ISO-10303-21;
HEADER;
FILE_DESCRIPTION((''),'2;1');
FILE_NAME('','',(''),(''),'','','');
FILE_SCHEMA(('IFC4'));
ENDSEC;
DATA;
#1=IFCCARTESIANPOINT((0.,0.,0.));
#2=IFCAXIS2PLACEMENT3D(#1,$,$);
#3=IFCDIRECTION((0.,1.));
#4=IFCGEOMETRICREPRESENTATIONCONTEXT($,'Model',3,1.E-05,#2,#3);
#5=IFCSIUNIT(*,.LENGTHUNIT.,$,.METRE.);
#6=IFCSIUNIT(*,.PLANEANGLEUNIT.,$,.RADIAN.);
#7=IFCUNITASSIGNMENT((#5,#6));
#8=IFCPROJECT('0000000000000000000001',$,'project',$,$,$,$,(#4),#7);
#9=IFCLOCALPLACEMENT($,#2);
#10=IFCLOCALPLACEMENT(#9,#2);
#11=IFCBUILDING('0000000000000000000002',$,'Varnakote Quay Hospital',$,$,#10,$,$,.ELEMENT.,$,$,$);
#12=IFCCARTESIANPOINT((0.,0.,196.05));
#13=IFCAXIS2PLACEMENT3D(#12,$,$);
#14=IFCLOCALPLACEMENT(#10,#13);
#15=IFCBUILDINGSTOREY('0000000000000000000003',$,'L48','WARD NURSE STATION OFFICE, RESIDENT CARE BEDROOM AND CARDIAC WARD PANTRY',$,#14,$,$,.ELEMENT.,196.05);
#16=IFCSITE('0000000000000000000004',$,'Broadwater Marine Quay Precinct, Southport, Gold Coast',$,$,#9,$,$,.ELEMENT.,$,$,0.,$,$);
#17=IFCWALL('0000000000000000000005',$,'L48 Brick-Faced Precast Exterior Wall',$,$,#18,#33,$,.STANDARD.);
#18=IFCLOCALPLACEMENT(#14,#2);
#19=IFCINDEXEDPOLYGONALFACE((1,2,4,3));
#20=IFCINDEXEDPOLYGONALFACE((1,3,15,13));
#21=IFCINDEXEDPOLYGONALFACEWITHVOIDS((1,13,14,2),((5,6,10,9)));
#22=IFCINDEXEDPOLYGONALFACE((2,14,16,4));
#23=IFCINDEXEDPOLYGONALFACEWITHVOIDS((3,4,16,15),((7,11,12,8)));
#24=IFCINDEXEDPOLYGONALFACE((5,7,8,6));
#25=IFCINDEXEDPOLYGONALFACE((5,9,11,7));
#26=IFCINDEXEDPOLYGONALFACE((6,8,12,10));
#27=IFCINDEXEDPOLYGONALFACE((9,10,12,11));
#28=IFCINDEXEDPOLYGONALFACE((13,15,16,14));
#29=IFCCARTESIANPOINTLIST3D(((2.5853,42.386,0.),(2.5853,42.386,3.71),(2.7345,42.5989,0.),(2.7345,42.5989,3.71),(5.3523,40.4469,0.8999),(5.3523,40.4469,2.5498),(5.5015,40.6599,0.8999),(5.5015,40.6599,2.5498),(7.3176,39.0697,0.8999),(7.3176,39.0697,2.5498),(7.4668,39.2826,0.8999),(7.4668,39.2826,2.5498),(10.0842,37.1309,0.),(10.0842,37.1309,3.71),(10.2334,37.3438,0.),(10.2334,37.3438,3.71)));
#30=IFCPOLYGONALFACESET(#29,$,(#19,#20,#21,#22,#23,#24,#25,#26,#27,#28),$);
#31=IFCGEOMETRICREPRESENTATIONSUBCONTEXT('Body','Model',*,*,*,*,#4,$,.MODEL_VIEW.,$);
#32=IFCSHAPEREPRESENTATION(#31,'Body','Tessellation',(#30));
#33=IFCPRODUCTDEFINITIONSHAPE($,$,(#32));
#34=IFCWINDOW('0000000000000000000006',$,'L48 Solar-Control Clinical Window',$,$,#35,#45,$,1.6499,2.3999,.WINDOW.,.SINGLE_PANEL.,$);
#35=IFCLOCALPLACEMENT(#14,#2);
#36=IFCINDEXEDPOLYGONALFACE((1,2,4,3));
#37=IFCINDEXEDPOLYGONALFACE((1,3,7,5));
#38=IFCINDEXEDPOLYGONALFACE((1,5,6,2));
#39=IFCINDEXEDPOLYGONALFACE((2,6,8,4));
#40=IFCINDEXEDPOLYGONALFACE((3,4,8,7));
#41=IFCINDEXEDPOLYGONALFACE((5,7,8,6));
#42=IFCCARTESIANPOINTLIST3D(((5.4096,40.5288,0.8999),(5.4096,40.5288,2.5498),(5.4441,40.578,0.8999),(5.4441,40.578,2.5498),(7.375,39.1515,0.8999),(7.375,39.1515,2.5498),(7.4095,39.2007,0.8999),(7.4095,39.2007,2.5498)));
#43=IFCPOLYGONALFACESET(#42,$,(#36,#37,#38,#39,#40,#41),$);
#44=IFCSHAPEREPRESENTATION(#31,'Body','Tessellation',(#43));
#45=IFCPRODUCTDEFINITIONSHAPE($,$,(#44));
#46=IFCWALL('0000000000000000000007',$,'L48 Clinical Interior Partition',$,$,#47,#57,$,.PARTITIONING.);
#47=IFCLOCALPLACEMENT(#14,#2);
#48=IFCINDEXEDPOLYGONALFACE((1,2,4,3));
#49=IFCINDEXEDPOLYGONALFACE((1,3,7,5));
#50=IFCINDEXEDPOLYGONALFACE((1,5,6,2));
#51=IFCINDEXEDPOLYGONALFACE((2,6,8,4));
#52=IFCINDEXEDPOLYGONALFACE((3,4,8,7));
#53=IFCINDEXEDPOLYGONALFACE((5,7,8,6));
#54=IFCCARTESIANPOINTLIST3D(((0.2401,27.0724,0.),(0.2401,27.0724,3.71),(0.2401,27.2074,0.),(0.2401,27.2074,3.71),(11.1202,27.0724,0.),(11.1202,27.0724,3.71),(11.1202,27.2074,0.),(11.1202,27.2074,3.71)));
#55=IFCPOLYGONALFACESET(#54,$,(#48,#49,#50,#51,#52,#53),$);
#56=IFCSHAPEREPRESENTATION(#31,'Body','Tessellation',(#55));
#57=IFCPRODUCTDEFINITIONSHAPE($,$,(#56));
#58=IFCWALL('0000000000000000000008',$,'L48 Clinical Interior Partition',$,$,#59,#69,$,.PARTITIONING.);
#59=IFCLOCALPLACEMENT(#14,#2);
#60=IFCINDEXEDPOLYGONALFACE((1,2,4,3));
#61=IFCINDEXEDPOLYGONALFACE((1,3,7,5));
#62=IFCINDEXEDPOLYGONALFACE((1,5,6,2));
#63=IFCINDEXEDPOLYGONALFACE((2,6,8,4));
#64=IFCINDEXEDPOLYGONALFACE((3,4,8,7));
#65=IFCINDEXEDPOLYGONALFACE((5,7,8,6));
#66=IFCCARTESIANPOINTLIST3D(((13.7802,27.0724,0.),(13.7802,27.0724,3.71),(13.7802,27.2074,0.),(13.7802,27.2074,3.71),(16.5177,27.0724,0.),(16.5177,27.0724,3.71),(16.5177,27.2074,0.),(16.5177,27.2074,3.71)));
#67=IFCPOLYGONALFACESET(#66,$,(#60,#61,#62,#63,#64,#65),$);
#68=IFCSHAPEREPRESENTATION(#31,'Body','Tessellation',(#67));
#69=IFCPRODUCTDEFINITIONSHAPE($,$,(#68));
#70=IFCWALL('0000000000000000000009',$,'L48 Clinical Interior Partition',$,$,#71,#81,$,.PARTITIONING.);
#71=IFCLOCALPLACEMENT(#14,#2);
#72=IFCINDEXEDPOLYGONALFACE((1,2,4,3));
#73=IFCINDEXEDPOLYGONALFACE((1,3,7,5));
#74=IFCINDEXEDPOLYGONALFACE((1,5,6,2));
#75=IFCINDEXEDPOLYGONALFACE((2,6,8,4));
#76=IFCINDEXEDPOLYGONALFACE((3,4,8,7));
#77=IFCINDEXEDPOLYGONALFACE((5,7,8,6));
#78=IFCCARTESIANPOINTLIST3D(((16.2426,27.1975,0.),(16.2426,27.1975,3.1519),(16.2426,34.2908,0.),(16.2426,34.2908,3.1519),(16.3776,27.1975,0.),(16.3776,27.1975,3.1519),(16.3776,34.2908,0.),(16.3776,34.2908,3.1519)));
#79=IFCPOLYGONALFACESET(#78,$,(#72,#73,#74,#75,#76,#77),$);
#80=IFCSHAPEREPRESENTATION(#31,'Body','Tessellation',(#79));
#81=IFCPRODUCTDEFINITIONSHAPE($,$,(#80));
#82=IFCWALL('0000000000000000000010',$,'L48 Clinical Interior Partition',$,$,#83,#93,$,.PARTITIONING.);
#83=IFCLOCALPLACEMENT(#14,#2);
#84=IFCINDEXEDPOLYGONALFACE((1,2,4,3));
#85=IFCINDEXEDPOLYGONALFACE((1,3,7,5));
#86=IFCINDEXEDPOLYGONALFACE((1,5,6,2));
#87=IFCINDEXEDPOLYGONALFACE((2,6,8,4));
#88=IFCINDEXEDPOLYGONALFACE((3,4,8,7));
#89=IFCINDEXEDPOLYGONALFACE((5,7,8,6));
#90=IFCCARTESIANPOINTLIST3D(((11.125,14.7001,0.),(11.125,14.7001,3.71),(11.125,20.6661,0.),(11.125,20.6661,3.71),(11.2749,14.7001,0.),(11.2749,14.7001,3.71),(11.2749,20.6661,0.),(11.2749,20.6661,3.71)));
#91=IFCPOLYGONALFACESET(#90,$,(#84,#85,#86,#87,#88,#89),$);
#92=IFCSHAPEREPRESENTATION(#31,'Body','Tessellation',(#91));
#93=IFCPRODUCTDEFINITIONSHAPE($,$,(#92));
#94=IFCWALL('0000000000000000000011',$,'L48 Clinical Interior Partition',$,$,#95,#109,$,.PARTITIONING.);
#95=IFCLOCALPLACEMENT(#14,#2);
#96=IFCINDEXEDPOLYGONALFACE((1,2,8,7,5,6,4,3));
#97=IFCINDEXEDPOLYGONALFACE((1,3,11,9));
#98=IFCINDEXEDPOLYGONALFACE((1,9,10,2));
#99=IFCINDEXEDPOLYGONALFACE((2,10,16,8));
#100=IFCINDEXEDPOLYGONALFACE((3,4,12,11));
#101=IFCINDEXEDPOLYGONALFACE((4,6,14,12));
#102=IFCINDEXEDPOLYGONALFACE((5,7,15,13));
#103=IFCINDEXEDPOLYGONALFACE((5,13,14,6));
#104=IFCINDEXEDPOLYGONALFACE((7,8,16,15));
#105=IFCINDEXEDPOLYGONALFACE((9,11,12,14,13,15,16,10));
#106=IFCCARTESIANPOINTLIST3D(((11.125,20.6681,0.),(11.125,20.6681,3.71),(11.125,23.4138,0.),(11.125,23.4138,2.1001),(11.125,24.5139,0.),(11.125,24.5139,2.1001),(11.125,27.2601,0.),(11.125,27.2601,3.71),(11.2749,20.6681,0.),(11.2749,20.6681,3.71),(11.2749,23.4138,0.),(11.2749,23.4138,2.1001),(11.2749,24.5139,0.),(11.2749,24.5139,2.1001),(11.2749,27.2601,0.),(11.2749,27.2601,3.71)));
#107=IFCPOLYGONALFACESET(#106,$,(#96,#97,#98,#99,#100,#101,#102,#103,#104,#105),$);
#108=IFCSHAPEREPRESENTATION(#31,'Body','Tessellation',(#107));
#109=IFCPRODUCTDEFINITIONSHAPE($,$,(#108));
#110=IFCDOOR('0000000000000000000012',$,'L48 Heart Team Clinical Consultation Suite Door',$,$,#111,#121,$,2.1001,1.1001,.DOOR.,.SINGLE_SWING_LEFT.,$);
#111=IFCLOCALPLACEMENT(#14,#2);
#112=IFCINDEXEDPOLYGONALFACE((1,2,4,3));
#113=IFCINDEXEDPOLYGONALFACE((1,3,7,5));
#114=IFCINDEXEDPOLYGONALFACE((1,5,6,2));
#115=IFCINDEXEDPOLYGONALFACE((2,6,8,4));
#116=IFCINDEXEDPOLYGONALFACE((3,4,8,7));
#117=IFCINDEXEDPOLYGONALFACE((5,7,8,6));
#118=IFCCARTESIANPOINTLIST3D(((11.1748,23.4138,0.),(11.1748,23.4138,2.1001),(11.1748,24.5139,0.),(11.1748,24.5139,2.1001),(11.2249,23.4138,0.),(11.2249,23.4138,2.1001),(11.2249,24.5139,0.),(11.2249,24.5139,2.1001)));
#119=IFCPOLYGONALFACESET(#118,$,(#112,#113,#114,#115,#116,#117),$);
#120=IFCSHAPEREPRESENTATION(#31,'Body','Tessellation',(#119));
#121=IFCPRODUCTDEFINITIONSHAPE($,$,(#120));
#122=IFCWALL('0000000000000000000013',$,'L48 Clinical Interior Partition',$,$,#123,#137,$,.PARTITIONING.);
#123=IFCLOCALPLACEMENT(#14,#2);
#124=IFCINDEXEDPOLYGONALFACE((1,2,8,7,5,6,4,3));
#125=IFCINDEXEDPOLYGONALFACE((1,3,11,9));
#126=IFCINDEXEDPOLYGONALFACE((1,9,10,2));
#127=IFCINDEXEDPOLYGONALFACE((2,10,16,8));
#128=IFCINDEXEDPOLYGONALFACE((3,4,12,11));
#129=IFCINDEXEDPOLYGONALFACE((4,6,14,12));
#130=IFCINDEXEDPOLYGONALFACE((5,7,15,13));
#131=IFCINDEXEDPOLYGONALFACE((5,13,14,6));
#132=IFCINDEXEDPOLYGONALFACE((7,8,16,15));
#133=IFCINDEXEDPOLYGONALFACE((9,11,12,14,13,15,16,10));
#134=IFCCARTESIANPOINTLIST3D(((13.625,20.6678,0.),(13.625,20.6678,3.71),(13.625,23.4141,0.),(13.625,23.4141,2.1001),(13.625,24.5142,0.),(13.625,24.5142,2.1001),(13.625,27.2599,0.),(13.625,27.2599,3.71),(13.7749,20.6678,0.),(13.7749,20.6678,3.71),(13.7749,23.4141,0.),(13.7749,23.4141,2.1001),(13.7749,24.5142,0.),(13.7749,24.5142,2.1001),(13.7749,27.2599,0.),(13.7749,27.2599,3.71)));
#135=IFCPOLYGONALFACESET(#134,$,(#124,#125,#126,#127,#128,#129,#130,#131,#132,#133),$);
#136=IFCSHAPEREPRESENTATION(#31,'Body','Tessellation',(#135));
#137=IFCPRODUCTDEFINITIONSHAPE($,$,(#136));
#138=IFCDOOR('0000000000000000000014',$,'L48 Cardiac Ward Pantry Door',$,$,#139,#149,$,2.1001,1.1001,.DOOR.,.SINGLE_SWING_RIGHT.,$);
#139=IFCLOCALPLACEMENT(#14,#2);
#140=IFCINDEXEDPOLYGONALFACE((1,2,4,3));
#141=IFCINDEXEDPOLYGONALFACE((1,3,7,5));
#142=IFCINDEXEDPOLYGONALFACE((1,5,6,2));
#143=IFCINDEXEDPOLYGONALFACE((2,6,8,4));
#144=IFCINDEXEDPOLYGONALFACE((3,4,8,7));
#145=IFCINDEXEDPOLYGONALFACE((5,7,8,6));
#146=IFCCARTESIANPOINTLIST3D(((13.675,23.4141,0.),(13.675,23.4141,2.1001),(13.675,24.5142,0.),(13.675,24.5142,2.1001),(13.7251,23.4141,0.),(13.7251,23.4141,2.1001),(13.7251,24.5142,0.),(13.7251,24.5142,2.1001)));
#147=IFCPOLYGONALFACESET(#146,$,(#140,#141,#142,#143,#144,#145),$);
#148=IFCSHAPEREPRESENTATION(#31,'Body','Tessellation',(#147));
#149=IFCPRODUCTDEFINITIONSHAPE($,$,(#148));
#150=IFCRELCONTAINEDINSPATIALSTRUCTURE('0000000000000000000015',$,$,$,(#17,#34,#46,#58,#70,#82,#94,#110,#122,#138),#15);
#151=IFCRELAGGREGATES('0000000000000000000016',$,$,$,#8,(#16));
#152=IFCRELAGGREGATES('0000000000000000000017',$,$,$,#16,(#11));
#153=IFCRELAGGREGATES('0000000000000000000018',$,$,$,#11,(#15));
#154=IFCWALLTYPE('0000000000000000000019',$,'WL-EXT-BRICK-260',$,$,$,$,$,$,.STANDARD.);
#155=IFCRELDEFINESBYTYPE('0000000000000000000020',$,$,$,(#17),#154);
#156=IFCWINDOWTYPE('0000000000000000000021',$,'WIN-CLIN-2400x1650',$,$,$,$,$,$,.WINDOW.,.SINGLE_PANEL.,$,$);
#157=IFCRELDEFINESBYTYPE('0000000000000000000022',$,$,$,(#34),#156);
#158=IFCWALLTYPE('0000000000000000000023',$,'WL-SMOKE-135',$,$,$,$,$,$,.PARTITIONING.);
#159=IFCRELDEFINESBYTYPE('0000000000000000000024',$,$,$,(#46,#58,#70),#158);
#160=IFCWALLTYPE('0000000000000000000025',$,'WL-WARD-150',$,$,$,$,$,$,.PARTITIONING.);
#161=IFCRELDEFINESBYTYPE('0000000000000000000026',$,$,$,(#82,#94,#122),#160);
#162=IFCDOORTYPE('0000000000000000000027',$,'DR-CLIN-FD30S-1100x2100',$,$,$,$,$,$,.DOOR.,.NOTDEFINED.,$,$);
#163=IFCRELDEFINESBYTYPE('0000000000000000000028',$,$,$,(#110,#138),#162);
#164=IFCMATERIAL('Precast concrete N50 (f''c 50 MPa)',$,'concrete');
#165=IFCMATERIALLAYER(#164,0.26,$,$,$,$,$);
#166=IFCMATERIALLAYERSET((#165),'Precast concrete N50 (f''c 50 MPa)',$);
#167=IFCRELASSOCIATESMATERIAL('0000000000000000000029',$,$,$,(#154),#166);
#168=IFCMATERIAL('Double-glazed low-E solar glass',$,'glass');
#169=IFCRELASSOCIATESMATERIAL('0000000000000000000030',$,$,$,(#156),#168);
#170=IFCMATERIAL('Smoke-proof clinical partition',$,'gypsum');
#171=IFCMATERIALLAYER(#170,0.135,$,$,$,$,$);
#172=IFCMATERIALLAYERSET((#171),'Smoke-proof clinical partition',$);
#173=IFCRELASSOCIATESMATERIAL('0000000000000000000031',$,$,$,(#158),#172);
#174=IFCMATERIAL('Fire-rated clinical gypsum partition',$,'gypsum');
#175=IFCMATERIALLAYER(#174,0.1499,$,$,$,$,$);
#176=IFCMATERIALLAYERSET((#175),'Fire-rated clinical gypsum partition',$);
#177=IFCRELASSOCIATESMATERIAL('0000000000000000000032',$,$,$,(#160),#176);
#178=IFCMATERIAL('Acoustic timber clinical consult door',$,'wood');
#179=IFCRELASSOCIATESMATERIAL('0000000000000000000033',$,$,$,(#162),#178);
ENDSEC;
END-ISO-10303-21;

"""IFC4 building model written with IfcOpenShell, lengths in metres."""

from ifc_helpers import new_model, si_unit, direction, frame, frame_2d, origin, place, context, subcontext, project, spatial, rectangle, extrude, material, layer, layer_set, type_object, element, fill, save


model = new_model("IFC4")

# Units and contexts
model_context = context("Model", 3, precision=1e-05, world=origin(), true_north=direction((0.0, 1.0)))
body_context = subcontext(model_context, "Body", "Model", "MODEL_VIEW")
ifc_project = project(units=[si_unit("LENGTHUNIT", "METRE"), si_unit("PLANEANGLEUNIT", "RADIAN")], contexts=[model_context])

# Site, building, storey
site_placement = place(None, origin())
site = spatial("IfcSite", under=ifc_project, at=site_placement, Name="Broadwater Marine Quay Precinct, Southport, Gold Coast", CompositionType="ELEMENT", RefElevation=0.0)
building_placement = place(site_placement, origin())
building = spatial("IfcBuilding", under=site, at=building_placement, Name="Varnakote Quay Hospital", CompositionType="ELEMENT")
storey_placement = place(building_placement, frame((0.0, 0.0, 196.05)))
storey = spatial("IfcBuildingStorey", under=building, at=storey_placement, Name="L48", Description="WARD NURSE STATION OFFICE, RESIDENT CARE BEDROOM AND CARDIAC WARD PANTRY", CompositionType="ELEMENT", Elevation=196.05)

# Wall, opening, window
ifc_material_1 = material(Name="Precast concrete N50 (f'c 50 MPa)", Category="concrete")
ifc_layer_1 = layer(ifc_material_1, 0.26)
ifc_layer_set_1 = layer_set([ifc_layer_1], Name="Precast concrete N50 (f'c 50 MPa)")
wall_type_1 = type_object("IfcWallType", Name="WL-EXT-BRICK-260", PredefinedType="STANDARD", material=ifc_layer_set_1)
ifc_material_2 = material(Name="Double-glazed low-E solar glass", Category="glass")
window_type = type_object("IfcWindowType", Name="WIN-CLIN-2400x1650", PartitioningType="SINGLE_PANEL", PredefinedType="WINDOW", material=ifc_material_2)
wall_1_placement = place(storey_placement, frame((10.1589, 37.2373, 0.0), z_axis=(0.0, 0.0, 1.0), x_axis=(-0.818934, 0.573888, 0.0)))
wall_1 = element("IfcWall", 1, at=wall_1_placement, inside=storey, type_object=wall_type_1, Name="L48 Brick-Faced Precast Exterior Wall", PredefinedType="STANDARD", context=body_context, shape_type="SweptSolid", body=[
    extrude(rectangle(XDim=9.157, YDim=0.26, at=frame_2d((4.5786, 0.0))), origin(), (0.0, 0.0, 1.0), 3.71),
])
opening_1_placement = place(wall_1_placement, frame((3.3784, 0.0, 0.8999)))
opening_1 = element("IfcOpeningElement", 2, at=opening_1_placement, cuts=wall_1, PredefinedType="OPENING", context=body_context, shape_type="SweptSolid", body=[
    extrude(rectangle(XDim=2.3999, YDim=1.6499, at=frame_2d((1.2, 0.825))), frame((0.0, 0.1399, 0.0), z_axis=(0.0, -1.0, 0.0), x_axis=(1.0, 0.0, 0.0)), (0.0, 0.0, 1.0), 0.28),
])
window_1_placement = place(opening_1_placement, origin())
window_1 = element("IfcWindow", 3, at=window_1_placement, inside=storey, type_object=window_type, Name="L48 Solar-Control Clinical Window", OverallHeight=1.6499, OverallWidth=2.3999, PartitioningType="SINGLE_PANEL", PredefinedType="WINDOW", context=body_context, shape_type="SweptSolid", body=[
    extrude(rectangle(XDim=2.3999, YDim=1.6499, at=frame_2d((1.2, 0.825))), frame((0.0, 0.03, 0.0), z_axis=(0.0, -1.0, 0.0), x_axis=(1.0, 0.0, 0.0)), (0.0, 0.0, 1.0), 0.0601),
])
fill(opening_1, window_1)

# Walls
ifc_material_3 = material(Name="Smoke-proof clinical partition", Category="gypsum")
ifc_layer_2 = layer(ifc_material_3, 0.135)
ifc_layer_set_2 = layer_set([ifc_layer_2], Name="Smoke-proof clinical partition")
wall_type_2 = type_object("IfcWallType", Name="WL-SMOKE-135", PredefinedType="PARTITIONING", material=ifc_layer_set_2)
wall_2_placement = place(storey_placement, frame((11.1201, 27.1399, 0.0), z_axis=(0.0, 0.0, 1.0), x_axis=(-1.0, 0.0, 0.0)))
element("IfcWall", 4, at=wall_2_placement, inside=storey, type_object=wall_type_2, Name="L48 Clinical Interior Partition", PredefinedType="PARTITIONING", context=body_context, shape_type="SweptSolid", body=[
    extrude(rectangle(XDim=10.8801, YDim=0.135, at=frame_2d((5.4399, 0.0))), origin(), (0.0, 0.0, 1.0), 3.71),
])
wall_3_placement = place(storey_placement, frame((16.5176, 27.1399, 0.0), z_axis=(0.0, 0.0, 1.0), x_axis=(-1.0, 0.0, 0.0)))
element("IfcWall", 5, at=wall_3_placement, inside=storey, type_object=wall_type_2, Name="L48 Clinical Interior Partition", PredefinedType="PARTITIONING", context=body_context, shape_type="SweptSolid", body=[
    extrude(rectangle(XDim=2.7375, YDim=0.135, at=frame_2d((1.3687, 0.0))), origin(), (0.0, 0.0, 1.0), 3.71),
])
wall_4_placement = place(storey_placement, frame((16.3101, 27.1975, 0.0), z_axis=(0.0, 0.0, 1.0), x_axis=(0.0, 1.0, 0.0)))
element("IfcWall", 6, at=wall_4_placement, inside=storey, type_object=wall_type_2, Name="L48 Clinical Interior Partition", PredefinedType="PARTITIONING", context=body_context, shape_type="SweptSolid", body=[
    extrude(rectangle(XDim=7.0933, YDim=0.135, at=frame_2d((3.5466, 0.0))), origin(), (0.0, 0.0, 1.0), 3.1519),
])
ifc_material_4 = material(Name="Fire-rated clinical gypsum partition", Category="gypsum")
ifc_layer_3 = layer(ifc_material_4, 0.1499)
ifc_layer_set_3 = layer_set([ifc_layer_3], Name="Fire-rated clinical gypsum partition")
wall_type_3 = type_object("IfcWallType", Name="WL-WARD-150", PredefinedType="PARTITIONING", material=ifc_layer_set_3)
wall_5_placement = place(storey_placement, frame((11.2, 20.666, 0.0), z_axis=(0.0, 0.0, 1.0), x_axis=(0.0, -1.0, 0.0)))
element("IfcWall", 7, at=wall_5_placement, inside=storey, type_object=wall_type_3, Name="L48 Clinical Interior Partition", PredefinedType="PARTITIONING", context=body_context, shape_type="SweptSolid", body=[
    extrude(rectangle(XDim=5.9661, YDim=0.1499, at=frame_2d((2.9829, 0.0))), origin(), (0.0, 0.0, 1.0), 3.71),
])

# Walls, openings, doors
wall_6_placement = place(storey_placement, frame((11.2, 27.26, 0.0), z_axis=(0.0, 0.0, 1.0), x_axis=(0.0, -1.0, 0.0)))
wall_6 = element("IfcWall", 8, at=wall_6_placement, inside=storey, type_object=wall_type_3, Name="L48 Clinical Interior Partition", PredefinedType="PARTITIONING", context=body_context, shape_type="SweptSolid", body=[
    extrude(rectangle(XDim=6.592, YDim=0.1499, at=frame_2d((3.2959, 0.0))), origin(), (0.0, 0.0, 1.0), 3.71),
])
opening_2_placement = place(wall_6_placement, frame((2.7461, 0.0, 0.0)))
opening_2 = element("IfcOpeningElement", 9, at=opening_2_placement, cuts=wall_6, PredefinedType="OPENING", context=body_context, shape_type="SweptSolid", body=[
    extrude(rectangle(XDim=1.1001, YDim=2.1001, at=frame_2d((0.55, 1.05))), frame((0.0, 0.085, 0.0), z_axis=(0.0, -1.0, 0.0), x_axis=(1.0, 0.0, 0.0)), (0.0, 0.0, 1.0), 0.1699),
])
ifc_material_5 = material(Name="Acoustic timber clinical consult door", Category="wood")
door_type = type_object("IfcDoorType", Name="DR-CLIN-FD30S-1100x2100", OperationType="NOTDEFINED", PredefinedType="DOOR", material=ifc_material_5)
door_1_placement = place(opening_2_placement, origin())
door_1 = element("IfcDoor", 10, at=door_1_placement, inside=storey, type_object=door_type, Name="L48 Heart Team Clinical Consultation Suite Door", OperationType="SINGLE_SWING_LEFT", OverallHeight=2.1001, OverallWidth=1.1001, PredefinedType="DOOR", context=body_context, shape_type="SweptSolid", body=[
    extrude(rectangle(XDim=1.1001, YDim=2.1001, at=frame_2d((0.55, 1.05))), frame((0.0, 0.0249, 0.0), z_axis=(0.0, -1.0, 0.0), x_axis=(1.0, 0.0, 0.0)), (0.0, 0.0, 1.0), 0.05),
])
fill(opening_2, door_1)
wall_7_placement = place(storey_placement, frame((13.7, 20.668, 0.0), z_axis=(0.0, 0.0, 1.0), x_axis=(0.0, 1.0, 0.0)))
wall_7 = element("IfcWall", 11, at=wall_7_placement, inside=storey, type_object=wall_type_3, Name="L48 Clinical Interior Partition", PredefinedType="PARTITIONING", context=body_context, shape_type="SweptSolid", body=[
    extrude(rectangle(XDim=6.592, YDim=0.1499, at=frame_2d((3.2959, 0.0))), origin(), (0.0, 0.0, 1.0), 3.71),
])
opening_3_placement = place(wall_7_placement, frame((2.7461, 0.0, 0.0)))
opening_3 = element("IfcOpeningElement", 12, at=opening_3_placement, cuts=wall_7, PredefinedType="OPENING", context=body_context, shape_type="SweptSolid", body=[
    extrude(rectangle(XDim=1.1001, YDim=2.1001, at=frame_2d((0.55, 1.05))), frame((0.0, 0.085, 0.0), z_axis=(0.0, -1.0, 0.0), x_axis=(1.0, 0.0, 0.0)), (0.0, 0.0, 1.0), 0.1699),
])
door_2_placement = place(opening_3_placement, origin())
door_2 = element("IfcDoor", 13, at=door_2_placement, inside=storey, type_object=door_type, Name="L48 Cardiac Ward Pantry Door", OperationType="SINGLE_SWING_RIGHT", OverallHeight=2.1001, OverallWidth=1.1001, PredefinedType="DOOR", context=body_context, shape_type="SweptSolid", body=[
    extrude(rectangle(XDim=1.1001, YDim=2.1001, at=frame_2d((0.55, 1.05))), frame((0.0, 0.0249, 0.0), z_axis=(0.0, -1.0, 0.0), x_axis=(1.0, 0.0, 0.0)), (0.0, 0.0, 1.0), 0.05),
])
fill(opening_3, door_2)

save(model, "model.ifc")
